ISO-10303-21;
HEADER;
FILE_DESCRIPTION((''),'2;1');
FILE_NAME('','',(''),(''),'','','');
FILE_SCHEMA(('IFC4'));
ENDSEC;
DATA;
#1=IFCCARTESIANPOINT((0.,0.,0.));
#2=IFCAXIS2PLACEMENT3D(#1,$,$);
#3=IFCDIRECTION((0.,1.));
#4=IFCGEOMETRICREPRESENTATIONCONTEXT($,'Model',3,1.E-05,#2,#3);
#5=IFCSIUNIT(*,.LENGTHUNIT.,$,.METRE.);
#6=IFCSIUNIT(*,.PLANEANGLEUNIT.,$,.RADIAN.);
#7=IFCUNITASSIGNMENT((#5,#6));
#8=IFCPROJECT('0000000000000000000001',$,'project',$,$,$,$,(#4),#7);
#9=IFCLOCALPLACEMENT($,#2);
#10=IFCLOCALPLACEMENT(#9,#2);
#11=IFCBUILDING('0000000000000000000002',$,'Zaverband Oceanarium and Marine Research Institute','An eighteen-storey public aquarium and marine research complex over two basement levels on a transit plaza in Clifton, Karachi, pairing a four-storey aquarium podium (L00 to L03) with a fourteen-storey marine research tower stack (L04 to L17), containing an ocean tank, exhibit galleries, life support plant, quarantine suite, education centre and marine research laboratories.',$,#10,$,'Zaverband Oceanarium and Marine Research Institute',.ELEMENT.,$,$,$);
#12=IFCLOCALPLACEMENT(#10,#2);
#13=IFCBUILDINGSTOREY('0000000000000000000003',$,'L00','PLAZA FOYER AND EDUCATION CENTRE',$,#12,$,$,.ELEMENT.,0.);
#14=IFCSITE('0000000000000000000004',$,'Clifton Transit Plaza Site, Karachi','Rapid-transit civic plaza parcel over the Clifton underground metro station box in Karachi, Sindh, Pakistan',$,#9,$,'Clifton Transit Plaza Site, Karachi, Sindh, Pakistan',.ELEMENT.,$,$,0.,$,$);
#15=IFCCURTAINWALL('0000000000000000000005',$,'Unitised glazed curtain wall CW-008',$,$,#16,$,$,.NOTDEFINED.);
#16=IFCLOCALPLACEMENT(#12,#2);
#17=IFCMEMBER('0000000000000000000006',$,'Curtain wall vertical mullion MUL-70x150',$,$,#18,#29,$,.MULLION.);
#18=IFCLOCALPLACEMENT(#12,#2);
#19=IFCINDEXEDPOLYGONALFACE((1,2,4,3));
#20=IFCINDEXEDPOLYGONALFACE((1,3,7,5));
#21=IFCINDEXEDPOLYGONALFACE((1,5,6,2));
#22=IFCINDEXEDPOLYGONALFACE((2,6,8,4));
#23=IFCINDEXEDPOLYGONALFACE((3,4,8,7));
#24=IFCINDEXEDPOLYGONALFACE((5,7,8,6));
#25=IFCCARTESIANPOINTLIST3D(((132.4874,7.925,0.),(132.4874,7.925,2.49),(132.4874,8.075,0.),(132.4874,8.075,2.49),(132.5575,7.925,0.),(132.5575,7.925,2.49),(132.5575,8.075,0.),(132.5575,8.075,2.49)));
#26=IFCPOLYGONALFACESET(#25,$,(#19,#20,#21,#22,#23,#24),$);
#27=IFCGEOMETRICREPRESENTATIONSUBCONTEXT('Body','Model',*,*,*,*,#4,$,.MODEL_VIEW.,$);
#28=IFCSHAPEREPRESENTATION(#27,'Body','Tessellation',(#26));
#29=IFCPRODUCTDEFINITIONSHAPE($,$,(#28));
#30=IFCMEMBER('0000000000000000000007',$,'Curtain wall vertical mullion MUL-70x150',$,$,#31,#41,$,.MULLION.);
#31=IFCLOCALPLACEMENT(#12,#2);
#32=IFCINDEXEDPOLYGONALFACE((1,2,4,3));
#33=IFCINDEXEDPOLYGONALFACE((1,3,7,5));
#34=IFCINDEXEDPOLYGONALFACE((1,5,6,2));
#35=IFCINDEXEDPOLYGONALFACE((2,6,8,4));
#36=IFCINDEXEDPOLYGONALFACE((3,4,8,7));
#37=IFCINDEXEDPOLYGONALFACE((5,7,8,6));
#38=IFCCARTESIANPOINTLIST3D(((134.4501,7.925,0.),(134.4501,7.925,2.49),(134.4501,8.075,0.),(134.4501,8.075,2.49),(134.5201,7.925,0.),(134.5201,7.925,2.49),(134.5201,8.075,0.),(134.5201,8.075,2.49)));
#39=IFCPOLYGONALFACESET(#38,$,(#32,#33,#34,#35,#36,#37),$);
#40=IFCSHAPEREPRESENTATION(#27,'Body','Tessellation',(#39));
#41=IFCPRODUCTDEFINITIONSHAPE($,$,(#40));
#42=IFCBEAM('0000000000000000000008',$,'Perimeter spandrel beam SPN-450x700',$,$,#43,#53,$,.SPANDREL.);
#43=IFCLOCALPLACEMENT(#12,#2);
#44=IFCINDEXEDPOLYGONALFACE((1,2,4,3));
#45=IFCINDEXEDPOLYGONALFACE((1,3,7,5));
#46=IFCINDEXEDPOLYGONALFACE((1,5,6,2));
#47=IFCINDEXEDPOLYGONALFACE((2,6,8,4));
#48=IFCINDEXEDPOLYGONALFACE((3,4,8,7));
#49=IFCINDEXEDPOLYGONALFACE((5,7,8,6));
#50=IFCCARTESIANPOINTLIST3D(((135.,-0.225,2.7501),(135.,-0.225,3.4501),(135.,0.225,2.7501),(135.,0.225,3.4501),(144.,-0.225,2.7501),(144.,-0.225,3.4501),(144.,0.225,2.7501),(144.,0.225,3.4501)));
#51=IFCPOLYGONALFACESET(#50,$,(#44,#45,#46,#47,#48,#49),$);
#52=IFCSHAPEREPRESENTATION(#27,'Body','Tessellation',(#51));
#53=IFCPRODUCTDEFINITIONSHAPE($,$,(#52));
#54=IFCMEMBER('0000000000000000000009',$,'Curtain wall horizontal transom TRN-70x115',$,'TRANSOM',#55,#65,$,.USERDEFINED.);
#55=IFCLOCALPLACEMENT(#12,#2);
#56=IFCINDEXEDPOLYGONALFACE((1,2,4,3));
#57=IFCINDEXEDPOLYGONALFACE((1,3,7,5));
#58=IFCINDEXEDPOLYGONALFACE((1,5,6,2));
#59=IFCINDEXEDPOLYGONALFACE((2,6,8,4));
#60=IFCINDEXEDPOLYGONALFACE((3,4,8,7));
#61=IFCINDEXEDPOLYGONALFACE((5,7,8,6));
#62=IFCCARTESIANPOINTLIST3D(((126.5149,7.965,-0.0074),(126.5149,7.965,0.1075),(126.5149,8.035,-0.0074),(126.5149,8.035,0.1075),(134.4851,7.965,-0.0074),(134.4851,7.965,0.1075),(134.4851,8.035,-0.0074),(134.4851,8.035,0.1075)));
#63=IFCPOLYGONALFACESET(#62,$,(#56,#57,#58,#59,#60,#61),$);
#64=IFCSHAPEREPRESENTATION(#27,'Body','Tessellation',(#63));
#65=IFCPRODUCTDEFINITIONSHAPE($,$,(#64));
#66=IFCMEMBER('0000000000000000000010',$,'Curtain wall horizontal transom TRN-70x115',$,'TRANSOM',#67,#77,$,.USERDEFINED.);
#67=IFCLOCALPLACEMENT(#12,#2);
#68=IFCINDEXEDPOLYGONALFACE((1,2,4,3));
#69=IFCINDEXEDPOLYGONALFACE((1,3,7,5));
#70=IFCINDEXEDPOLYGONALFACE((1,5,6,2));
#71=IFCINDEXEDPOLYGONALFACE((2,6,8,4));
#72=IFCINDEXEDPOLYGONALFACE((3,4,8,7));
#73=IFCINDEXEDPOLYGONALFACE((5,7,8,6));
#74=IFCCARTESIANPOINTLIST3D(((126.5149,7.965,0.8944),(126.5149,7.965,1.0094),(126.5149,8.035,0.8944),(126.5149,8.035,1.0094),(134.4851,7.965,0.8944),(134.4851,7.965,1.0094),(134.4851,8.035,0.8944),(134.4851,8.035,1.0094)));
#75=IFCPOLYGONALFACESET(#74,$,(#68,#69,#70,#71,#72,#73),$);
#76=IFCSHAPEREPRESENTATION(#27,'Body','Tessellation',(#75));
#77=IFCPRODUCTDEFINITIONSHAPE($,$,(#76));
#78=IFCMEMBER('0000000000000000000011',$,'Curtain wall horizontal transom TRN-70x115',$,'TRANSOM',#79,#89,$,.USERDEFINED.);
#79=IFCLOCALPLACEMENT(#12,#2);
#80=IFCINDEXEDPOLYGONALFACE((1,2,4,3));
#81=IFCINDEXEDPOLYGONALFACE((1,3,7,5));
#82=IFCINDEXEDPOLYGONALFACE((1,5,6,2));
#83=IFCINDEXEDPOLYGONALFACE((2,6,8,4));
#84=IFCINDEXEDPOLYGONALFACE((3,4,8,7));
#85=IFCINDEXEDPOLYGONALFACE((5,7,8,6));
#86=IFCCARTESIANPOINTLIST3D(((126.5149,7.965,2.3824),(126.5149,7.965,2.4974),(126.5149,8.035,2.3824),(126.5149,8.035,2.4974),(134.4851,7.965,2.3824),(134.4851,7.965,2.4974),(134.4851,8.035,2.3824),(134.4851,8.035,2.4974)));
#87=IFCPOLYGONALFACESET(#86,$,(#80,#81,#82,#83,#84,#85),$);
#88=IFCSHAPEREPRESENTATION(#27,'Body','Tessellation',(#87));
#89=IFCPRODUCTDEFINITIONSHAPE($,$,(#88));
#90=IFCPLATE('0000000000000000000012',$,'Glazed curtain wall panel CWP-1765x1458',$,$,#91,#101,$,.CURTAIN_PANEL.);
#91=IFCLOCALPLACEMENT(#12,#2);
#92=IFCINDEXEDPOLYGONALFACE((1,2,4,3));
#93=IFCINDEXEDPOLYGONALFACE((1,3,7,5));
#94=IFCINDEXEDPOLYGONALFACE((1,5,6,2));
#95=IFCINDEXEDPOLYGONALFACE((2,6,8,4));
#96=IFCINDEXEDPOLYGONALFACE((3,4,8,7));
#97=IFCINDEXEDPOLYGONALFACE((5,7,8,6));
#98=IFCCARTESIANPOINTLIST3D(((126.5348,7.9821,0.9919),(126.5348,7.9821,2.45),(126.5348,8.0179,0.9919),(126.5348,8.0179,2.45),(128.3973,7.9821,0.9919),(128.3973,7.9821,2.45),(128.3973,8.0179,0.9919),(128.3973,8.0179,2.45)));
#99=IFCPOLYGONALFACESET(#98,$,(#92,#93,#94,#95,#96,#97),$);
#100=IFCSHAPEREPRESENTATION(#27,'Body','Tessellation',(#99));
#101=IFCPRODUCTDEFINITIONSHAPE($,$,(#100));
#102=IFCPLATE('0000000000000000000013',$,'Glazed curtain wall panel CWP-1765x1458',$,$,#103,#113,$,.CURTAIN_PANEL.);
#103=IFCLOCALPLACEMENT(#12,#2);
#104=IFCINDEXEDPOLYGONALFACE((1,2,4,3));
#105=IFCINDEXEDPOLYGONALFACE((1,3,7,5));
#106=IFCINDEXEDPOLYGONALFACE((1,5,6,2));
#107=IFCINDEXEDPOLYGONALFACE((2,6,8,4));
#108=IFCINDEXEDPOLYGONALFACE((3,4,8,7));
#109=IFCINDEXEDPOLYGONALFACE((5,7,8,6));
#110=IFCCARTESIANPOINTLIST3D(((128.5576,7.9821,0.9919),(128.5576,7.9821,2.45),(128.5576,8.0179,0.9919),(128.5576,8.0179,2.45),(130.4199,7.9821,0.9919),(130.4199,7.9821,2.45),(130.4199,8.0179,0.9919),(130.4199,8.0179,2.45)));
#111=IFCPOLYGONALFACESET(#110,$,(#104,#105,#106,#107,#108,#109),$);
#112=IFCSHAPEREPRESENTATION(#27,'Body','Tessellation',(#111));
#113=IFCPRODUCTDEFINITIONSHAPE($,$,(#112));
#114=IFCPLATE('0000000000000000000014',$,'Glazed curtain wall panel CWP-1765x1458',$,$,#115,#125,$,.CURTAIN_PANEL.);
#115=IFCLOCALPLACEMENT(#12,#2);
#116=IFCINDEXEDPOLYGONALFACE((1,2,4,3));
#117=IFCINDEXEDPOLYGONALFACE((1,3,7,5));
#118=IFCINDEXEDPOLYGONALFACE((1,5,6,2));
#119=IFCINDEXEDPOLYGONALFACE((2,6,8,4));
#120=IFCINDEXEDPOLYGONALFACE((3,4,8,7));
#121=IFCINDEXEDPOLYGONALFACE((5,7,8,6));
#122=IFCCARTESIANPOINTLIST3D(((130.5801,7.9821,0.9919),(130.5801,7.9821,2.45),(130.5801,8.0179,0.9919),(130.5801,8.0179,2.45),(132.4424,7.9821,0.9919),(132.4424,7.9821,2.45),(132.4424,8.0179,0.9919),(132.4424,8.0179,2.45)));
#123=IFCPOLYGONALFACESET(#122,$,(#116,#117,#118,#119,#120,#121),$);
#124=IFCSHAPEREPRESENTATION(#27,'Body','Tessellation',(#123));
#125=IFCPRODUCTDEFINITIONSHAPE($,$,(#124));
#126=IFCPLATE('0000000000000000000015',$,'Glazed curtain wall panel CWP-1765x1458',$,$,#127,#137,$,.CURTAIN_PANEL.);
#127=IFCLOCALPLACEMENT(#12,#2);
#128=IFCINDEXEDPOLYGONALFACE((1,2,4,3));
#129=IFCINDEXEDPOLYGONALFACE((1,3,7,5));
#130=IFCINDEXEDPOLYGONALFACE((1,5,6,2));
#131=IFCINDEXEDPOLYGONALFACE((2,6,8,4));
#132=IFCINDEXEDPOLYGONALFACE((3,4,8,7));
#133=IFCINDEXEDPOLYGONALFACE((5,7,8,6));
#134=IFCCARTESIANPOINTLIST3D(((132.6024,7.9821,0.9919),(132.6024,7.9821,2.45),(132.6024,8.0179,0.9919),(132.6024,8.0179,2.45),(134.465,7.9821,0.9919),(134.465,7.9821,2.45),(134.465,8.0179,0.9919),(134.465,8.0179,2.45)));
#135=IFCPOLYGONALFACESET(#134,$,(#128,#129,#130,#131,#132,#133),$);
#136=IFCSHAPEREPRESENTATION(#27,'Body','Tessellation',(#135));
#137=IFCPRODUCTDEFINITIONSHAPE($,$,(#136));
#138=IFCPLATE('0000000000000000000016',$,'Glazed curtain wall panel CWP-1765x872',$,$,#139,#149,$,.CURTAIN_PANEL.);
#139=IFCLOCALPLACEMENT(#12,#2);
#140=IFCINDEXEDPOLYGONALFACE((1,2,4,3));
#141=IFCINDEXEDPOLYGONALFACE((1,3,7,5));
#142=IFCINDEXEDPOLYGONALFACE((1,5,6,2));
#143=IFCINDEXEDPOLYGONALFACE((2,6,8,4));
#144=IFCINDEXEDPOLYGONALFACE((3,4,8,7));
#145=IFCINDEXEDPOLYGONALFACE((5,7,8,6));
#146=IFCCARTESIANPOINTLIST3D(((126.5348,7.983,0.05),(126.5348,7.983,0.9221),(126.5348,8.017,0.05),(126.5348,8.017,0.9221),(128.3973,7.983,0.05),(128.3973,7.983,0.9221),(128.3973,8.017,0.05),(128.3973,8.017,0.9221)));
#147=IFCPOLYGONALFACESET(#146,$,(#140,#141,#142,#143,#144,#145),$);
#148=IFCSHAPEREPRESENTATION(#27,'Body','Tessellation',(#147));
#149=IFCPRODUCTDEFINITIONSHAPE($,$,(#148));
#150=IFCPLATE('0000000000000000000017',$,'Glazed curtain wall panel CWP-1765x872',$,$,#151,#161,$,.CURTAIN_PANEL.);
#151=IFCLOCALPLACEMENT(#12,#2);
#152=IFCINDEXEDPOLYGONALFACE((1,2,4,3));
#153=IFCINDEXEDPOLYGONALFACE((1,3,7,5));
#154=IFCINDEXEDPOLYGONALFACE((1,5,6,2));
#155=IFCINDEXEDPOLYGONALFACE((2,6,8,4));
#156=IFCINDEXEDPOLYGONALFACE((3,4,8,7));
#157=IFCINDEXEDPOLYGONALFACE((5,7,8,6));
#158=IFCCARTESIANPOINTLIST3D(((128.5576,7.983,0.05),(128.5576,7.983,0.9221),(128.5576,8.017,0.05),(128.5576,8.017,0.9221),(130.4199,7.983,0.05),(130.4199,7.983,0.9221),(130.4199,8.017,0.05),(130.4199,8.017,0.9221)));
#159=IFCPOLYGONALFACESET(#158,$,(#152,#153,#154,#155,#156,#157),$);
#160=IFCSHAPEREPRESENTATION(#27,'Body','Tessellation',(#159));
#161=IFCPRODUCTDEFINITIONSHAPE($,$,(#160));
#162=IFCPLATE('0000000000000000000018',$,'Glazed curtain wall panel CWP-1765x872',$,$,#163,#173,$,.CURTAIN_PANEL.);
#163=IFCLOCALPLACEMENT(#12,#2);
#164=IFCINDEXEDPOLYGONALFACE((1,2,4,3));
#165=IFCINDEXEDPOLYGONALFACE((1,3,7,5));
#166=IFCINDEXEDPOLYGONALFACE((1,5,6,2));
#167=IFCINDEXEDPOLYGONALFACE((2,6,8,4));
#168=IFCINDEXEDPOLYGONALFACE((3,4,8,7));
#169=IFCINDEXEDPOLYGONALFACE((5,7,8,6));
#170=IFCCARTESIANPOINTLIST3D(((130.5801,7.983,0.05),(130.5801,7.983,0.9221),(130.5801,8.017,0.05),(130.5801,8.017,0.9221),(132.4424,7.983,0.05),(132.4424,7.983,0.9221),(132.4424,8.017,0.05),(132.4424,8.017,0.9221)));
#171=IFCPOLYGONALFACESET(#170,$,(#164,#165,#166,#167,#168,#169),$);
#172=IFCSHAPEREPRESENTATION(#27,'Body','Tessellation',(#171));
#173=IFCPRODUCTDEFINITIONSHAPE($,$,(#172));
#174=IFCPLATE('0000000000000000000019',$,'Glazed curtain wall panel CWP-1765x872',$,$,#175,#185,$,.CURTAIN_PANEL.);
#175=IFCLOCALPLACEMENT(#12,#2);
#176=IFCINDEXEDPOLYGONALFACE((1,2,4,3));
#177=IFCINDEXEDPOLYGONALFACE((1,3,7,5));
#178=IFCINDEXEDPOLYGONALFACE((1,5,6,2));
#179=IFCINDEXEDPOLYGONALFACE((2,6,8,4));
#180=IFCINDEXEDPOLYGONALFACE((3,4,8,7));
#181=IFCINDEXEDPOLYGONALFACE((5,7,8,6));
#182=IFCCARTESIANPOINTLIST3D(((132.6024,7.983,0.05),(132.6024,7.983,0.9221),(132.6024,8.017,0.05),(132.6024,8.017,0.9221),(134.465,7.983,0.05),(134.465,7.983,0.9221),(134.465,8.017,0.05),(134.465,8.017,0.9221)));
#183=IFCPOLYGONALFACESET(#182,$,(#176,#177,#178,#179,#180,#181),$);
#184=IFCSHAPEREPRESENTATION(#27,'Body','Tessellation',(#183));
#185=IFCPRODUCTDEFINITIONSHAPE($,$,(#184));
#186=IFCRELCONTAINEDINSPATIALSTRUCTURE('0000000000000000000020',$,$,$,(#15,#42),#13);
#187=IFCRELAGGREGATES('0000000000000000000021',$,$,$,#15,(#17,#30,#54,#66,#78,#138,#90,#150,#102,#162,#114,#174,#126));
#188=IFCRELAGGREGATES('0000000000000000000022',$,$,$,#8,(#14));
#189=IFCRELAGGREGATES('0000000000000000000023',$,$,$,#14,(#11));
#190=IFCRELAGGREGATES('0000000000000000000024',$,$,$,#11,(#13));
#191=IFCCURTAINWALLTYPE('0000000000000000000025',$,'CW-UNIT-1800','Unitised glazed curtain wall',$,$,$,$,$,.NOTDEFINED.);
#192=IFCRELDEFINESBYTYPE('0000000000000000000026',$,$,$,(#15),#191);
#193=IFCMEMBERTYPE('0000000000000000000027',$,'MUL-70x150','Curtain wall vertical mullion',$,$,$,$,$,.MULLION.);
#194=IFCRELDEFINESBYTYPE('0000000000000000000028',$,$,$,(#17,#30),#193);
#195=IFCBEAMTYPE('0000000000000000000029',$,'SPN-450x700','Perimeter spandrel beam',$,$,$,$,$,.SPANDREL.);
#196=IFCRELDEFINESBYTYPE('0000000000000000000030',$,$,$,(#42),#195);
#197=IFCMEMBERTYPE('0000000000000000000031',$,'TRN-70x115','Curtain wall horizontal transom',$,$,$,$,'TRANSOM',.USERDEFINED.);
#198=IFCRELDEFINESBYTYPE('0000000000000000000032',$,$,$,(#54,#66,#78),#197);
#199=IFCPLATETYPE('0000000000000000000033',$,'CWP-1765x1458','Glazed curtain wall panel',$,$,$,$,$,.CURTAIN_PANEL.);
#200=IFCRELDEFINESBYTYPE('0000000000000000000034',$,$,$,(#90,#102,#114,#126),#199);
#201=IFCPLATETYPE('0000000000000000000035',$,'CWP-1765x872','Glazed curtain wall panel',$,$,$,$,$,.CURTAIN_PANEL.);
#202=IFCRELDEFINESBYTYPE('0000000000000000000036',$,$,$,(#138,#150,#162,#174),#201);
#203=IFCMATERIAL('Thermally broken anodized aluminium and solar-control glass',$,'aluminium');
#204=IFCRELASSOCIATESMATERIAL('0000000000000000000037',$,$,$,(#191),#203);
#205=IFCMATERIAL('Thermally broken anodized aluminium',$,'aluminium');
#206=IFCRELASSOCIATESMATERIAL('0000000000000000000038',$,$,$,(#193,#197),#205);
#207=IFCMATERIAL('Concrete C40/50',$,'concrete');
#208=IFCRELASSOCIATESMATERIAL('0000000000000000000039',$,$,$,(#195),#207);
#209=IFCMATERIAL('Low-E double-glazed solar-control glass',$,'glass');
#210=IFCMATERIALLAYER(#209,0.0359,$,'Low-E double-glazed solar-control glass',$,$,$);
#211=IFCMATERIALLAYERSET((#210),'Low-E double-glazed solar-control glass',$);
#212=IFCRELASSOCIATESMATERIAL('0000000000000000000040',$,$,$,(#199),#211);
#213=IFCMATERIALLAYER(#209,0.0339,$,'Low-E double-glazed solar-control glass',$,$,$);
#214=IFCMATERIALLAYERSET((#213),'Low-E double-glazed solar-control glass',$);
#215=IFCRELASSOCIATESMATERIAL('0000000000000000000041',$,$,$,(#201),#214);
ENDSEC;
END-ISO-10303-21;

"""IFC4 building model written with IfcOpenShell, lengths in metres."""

from ifc_helpers import new_model, si_unit, direction, frame, frame_2d, origin, origin_2d, place, context, subcontext, project, spatial, rectangle, extrude, material, layer, layer_set, material_profile, profile_set, type_object, element, aggregate, save


model = new_model("IFC4")

# Units and contexts
model_context = context("Model", 3, precision=1e-05, world=origin(), true_north=direction((0.0, 1.0)))
body_context = subcontext(model_context, "Body", "Model", "MODEL_VIEW")
ifc_project = project(units=[si_unit("LENGTHUNIT", "METRE"), si_unit("PLANEANGLEUNIT", "RADIAN")], contexts=[model_context])

# Site, building, storey
site_placement = place(None, origin())
site = spatial("IfcSite", under=ifc_project, at=site_placement, Name="Clifton Transit Plaza Site, Karachi", Description="Rapid-transit civic plaza parcel over the Clifton underground metro station box in Karachi, Sindh, Pakistan", LongName="Clifton Transit Plaza Site, Karachi, Sindh, Pakistan", CompositionType="ELEMENT", RefElevation=0.0)
building_placement = place(site_placement, origin())
building = spatial("IfcBuilding", under=site, at=building_placement, Name="Zaverband Oceanarium and Marine Research Institute", Description="An eighteen-storey public aquarium and marine research complex over two basement levels on a transit plaza in Clifton, Karachi, pairing a four-storey aquarium podium (L00 to L03) with a fourteen-storey marine research tower stack (L04 to L17), containing an ocean tank, exhibit galleries, life support plant, quarantine suite, education centre and marine research laboratories.", LongName="Zaverband Oceanarium and Marine Research Institute", CompositionType="ELEMENT")
storey_placement = place(building_placement, origin())
storey = spatial("IfcBuildingStorey", under=building, at=storey_placement, Name="L00", Description="PLAZA FOYER AND EDUCATION CENTRE", CompositionType="ELEMENT", Elevation=0.0)

# Shared definitions
ifc_material_1 = material(Name="Concrete C40/50", Category="concrete")

# Curtain wall, members
ifc_material_2 = material(Name="Thermally broken anodized aluminium and solar-control glass", Category="aluminium")
curtain_wall_type = type_object("IfcCurtainWallType", Name="CW-UNIT-1800", Description="Unitised glazed curtain wall", PredefinedType="NOTDEFINED", material=ifc_material_2)
curtain_wall_placement = place(storey_placement, origin())
curtain_wall = element("IfcCurtainWall", 1, at=curtain_wall_placement, inside=storey, type_object=curtain_wall_type, Name="Unitised glazed curtain wall CW-008", PredefinedType="NOTDEFINED")
ifc_material_3 = material(Name="Thermally broken anodized aluminium", Category="aluminium")
ifc_material_profile_1 = material_profile(ifc_material_3, rectangle(XDim=0.0701, YDim=0.1499, at=origin_2d()), Name="AL-MUL-70x150")
ifc_profile_set_1 = profile_set([ifc_material_profile_1], Name="Thermally broken anodized aluminium")
member_type_1 = type_object("IfcMemberType", Name="MUL-70x150", Description="Curtain wall vertical mullion", PredefinedType="MULLION", material=ifc_profile_set_1)
member_1_placement = place(storey_placement, frame((132.5225, 8.0, 0.0), z_axis=(0.0, 0.0, 1.0), x_axis=(1.0, 0.0, 0.0)))
member_1 = element("IfcMember", 2, at=member_1_placement, type_object=member_type_1, Name="Curtain wall vertical mullion MUL-70x150", PredefinedType="MULLION", context=body_context, shape_type="SweptSolid", body=[
    extrude(rectangle(XDim=0.0701, YDim=0.1499, at=origin_2d()), origin(), (0.0, 0.0, 1.0), 2.49),
])
member_2_placement = place(storey_placement, frame((134.4851, 8.0, 0.0), z_axis=(0.0, 0.0, 1.0), x_axis=(1.0, 0.0, 0.0)))
member_2 = element("IfcMember", 3, at=member_2_placement, type_object=member_type_1, Name="Curtain wall vertical mullion MUL-70x150", PredefinedType="MULLION", context=body_context, shape_type="SweptSolid", body=[
    extrude(rectangle(XDim=0.0701, YDim=0.1499, at=origin_2d()), origin(), (0.0, 0.0, 1.0), 2.49),
])

# Beam
ifc_material_profile_2 = material_profile(ifc_material_1, rectangle(XDim=0.45, YDim=0.7, at=origin_2d()), Name="RC450x700")
ifc_profile_set_2 = profile_set([ifc_material_profile_2], Name="Concrete C40/50")
beam_type_1 = type_object("IfcBeamType", Name="SPN-450x700", Description="Perimeter spandrel beam", PredefinedType="SPANDREL", material=ifc_profile_set_2)
beam_placement = place(storey_placement, frame((135.0, 0.0, 3.1001), z_axis=(1.0, 0.0, 0.0), x_axis=(0.0, 1.0, 0.0)))
element("IfcBeam", 4, at=beam_placement, inside=storey, type_object=beam_type_1, Name="Perimeter spandrel beam SPN-450x700", PredefinedType="SPANDREL", context=body_context, shape_type="SweptSolid", body=[
    extrude(rectangle(XDim=0.45, YDim=0.7, at=origin_2d()), origin(), (0.0, 0.0, 1.0), 9.0),
])

# Members
ifc_material_profile_3 = material_profile(ifc_material_3, rectangle(XDim=0.0701, YDim=0.115, at=origin_2d()), Name="AL-TRN-70x115")
ifc_profile_set_3 = profile_set([ifc_material_profile_3], Name="Thermally broken anodized aluminium")
member_type_2 = type_object("IfcMemberType", Name="TRN-70x115", Description="Curtain wall horizontal transom", ElementType="TRANSOM", PredefinedType="USERDEFINED", material=ifc_profile_set_3)
member_3_placement = place(storey_placement, frame((126.5149, 8.0, 0.05), z_axis=(1.0, 0.0, 0.0), x_axis=(0.0, 1.0, 0.0)))
member_3 = element("IfcMember", 5, at=member_3_placement, type_object=member_type_2, Name="Curtain wall horizontal transom TRN-70x115", ObjectType="TRANSOM", PredefinedType="USERDEFINED", context=body_context, shape_type="SweptSolid", body=[
    extrude(rectangle(XDim=0.0701, YDim=0.115, at=origin_2d()), origin(), (0.0, 0.0, 1.0), 7.9702),
])
member_4_placement = place(storey_placement, frame((126.5149, 8.0, 0.9519), z_axis=(1.0, 0.0, 0.0), x_axis=(0.0, 1.0, 0.0)))
member_4 = element("IfcMember", 6, at=member_4_placement, type_object=member_type_2, Name="Curtain wall horizontal transom TRN-70x115", ObjectType="TRANSOM", PredefinedType="USERDEFINED", context=body_context, shape_type="SweptSolid", body=[
    extrude(rectangle(XDim=0.0701, YDim=0.115, at=origin_2d()), origin(), (0.0, 0.0, 1.0), 7.9702),
])
member_5_placement = place(storey_placement, frame((126.5149, 8.0, 2.4399), z_axis=(1.0, 0.0, 0.0), x_axis=(0.0, 1.0, 0.0)))
member_5 = element("IfcMember", 7, at=member_5_placement, type_object=member_type_2, Name="Curtain wall horizontal transom TRN-70x115", ObjectType="TRANSOM", PredefinedType="USERDEFINED", context=body_context, shape_type="SweptSolid", body=[
    extrude(rectangle(XDim=0.0701, YDim=0.115, at=origin_2d()), origin(), (0.0, 0.0, 1.0), 7.9702),
])

# Plates
ifc_material_4 = material(Name="Low-E double-glazed solar-control glass", Category="glass")
ifc_layer_1 = layer(ifc_material_4, 0.0359, Name="Low-E double-glazed solar-control glass")
ifc_layer_set_1 = layer_set([ifc_layer_1], Name="Low-E double-glazed solar-control glass")
plate_type_1 = type_object("IfcPlateType", Name="CWP-1765x1458", Description="Glazed curtain wall panel", PredefinedType="CURTAIN_PANEL", material=ifc_layer_set_1)
plate_1_placement = place(storey_placement, frame((126.5349, 8.0, 0.9919), z_axis=(0.0, 0.0, 1.0), x_axis=(1.0, 0.0, 0.0)))
plate_1 = element("IfcPlate", 8, at=plate_1_placement, type_object=plate_type_1, Name="Glazed curtain wall panel CWP-1765x1458", PredefinedType="CURTAIN_PANEL", context=body_context, shape_type="SweptSolid", body=[
    extrude(rectangle(XDim=1.8625, YDim=0.0359, at=frame_2d((0.9312, 0.0))), origin(), (0.0, 0.0, 1.0), 1.458),
])
plate_2_placement = place(storey_placement, frame((128.5576, 8.0, 0.9919), z_axis=(0.0, 0.0, 1.0), x_axis=(1.0, 0.0, 0.0)))
plate_2 = element("IfcPlate", 9, at=plate_2_placement, type_object=plate_type_1, Name="Glazed curtain wall panel CWP-1765x1458", PredefinedType="CURTAIN_PANEL", context=body_context, shape_type="SweptSolid", body=[
    extrude(rectangle(XDim=1.8623, YDim=0.0359, at=frame_2d((0.9312, 0.0))), origin(), (0.0, 0.0, 1.0), 1.458),
])
plate_3_placement = place(storey_placement, frame((130.5801, 8.0, 0.9919), z_axis=(0.0, 0.0, 1.0), x_axis=(1.0, 0.0, 0.0)))
plate_3 = element("IfcPlate", 10, at=plate_3_placement, type_object=plate_type_1, Name="Glazed curtain wall panel CWP-1765x1458", PredefinedType="CURTAIN_PANEL", context=body_context, shape_type="SweptSolid", body=[
    extrude(rectangle(XDim=1.8623, YDim=0.0359, at=frame_2d((0.9312, 0.0))), origin(), (0.0, 0.0, 1.0), 1.458),
])
plate_4_placement = place(storey_placement, frame((132.6025, 8.0, 0.9919), z_axis=(0.0, 0.0, 1.0), x_axis=(1.0, 0.0, 0.0)))
plate_4 = element("IfcPlate", 11, at=plate_4_placement, type_object=plate_type_1, Name="Glazed curtain wall panel CWP-1765x1458", PredefinedType="CURTAIN_PANEL", context=body_context, shape_type="SweptSolid", body=[
    extrude(rectangle(XDim=1.8625, YDim=0.0359, at=frame_2d((0.9312, 0.0))), origin(), (0.0, 0.0, 1.0), 1.458),
])
ifc_layer_2 = layer(ifc_material_4, 0.0339, Name="Low-E double-glazed solar-control glass")
ifc_layer_set_2 = layer_set([ifc_layer_2], Name="Low-E double-glazed solar-control glass")
plate_type_2 = type_object("IfcPlateType", Name="CWP-1765x872", Description="Glazed curtain wall panel", PredefinedType="CURTAIN_PANEL", material=ifc_layer_set_2)
plate_5_placement = place(storey_placement, frame((126.5349, 8.0, 0.05), z_axis=(0.0, 0.0, 1.0), x_axis=(1.0, 0.0, 0.0)))
plate_5 = element("IfcPlate", 12, at=plate_5_placement, type_object=plate_type_2, Name="Glazed curtain wall panel CWP-1765x872", PredefinedType="CURTAIN_PANEL", context=body_context, shape_type="SweptSolid", body=[
    extrude(rectangle(XDim=1.8625, YDim=0.0339, at=frame_2d((0.9312, 0.0))), origin(), (0.0, 0.0, 1.0), 0.8721),
])
plate_6_placement = place(storey_placement, frame((128.5576, 8.0, 0.05), z_axis=(0.0, 0.0, 1.0), x_axis=(1.0, 0.0, 0.0)))
plate_6 = element("IfcPlate", 13, at=plate_6_placement, type_object=plate_type_2, Name="Glazed curtain wall panel CWP-1765x872", PredefinedType="CURTAIN_PANEL", context=body_context, shape_type="SweptSolid", body=[
    extrude(rectangle(XDim=1.8623, YDim=0.0339, at=frame_2d((0.9312, 0.0))), origin(), (0.0, 0.0, 1.0), 0.8721),
])
plate_7_placement = place(storey_placement, frame((130.5801, 8.0, 0.05), z_axis=(0.0, 0.0, 1.0), x_axis=(1.0, 0.0, 0.0)))
plate_7 = element("IfcPlate", 14, at=plate_7_placement, type_object=plate_type_2, Name="Glazed curtain wall panel CWP-1765x872", PredefinedType="CURTAIN_PANEL", context=body_context, shape_type="SweptSolid", body=[
    extrude(rectangle(XDim=1.8623, YDim=0.0339, at=frame_2d((0.9312, 0.0))), origin(), (0.0, 0.0, 1.0), 0.8721),
])
plate_8_placement = place(storey_placement, frame((132.6025, 8.0, 0.05), z_axis=(0.0, 0.0, 1.0), x_axis=(1.0, 0.0, 0.0)))
plate_8 = element("IfcPlate", 15, at=plate_8_placement, type_object=plate_type_2, Name="Glazed curtain wall panel CWP-1765x872", PredefinedType="CURTAIN_PANEL", context=body_context, shape_type="SweptSolid", body=[
    extrude(rectangle(XDim=1.8625, YDim=0.0339, at=frame_2d((0.9312, 0.0))), origin(), (0.0, 0.0, 1.0), 0.8721),
])
aggregate(curtain_wall, [member_1, member_2, member_3, member_4, member_5, plate_5, plate_1, plate_6, plate_2, plate_7, plate_3, plate_8, plate_4])

save(model, "model.ifc")
